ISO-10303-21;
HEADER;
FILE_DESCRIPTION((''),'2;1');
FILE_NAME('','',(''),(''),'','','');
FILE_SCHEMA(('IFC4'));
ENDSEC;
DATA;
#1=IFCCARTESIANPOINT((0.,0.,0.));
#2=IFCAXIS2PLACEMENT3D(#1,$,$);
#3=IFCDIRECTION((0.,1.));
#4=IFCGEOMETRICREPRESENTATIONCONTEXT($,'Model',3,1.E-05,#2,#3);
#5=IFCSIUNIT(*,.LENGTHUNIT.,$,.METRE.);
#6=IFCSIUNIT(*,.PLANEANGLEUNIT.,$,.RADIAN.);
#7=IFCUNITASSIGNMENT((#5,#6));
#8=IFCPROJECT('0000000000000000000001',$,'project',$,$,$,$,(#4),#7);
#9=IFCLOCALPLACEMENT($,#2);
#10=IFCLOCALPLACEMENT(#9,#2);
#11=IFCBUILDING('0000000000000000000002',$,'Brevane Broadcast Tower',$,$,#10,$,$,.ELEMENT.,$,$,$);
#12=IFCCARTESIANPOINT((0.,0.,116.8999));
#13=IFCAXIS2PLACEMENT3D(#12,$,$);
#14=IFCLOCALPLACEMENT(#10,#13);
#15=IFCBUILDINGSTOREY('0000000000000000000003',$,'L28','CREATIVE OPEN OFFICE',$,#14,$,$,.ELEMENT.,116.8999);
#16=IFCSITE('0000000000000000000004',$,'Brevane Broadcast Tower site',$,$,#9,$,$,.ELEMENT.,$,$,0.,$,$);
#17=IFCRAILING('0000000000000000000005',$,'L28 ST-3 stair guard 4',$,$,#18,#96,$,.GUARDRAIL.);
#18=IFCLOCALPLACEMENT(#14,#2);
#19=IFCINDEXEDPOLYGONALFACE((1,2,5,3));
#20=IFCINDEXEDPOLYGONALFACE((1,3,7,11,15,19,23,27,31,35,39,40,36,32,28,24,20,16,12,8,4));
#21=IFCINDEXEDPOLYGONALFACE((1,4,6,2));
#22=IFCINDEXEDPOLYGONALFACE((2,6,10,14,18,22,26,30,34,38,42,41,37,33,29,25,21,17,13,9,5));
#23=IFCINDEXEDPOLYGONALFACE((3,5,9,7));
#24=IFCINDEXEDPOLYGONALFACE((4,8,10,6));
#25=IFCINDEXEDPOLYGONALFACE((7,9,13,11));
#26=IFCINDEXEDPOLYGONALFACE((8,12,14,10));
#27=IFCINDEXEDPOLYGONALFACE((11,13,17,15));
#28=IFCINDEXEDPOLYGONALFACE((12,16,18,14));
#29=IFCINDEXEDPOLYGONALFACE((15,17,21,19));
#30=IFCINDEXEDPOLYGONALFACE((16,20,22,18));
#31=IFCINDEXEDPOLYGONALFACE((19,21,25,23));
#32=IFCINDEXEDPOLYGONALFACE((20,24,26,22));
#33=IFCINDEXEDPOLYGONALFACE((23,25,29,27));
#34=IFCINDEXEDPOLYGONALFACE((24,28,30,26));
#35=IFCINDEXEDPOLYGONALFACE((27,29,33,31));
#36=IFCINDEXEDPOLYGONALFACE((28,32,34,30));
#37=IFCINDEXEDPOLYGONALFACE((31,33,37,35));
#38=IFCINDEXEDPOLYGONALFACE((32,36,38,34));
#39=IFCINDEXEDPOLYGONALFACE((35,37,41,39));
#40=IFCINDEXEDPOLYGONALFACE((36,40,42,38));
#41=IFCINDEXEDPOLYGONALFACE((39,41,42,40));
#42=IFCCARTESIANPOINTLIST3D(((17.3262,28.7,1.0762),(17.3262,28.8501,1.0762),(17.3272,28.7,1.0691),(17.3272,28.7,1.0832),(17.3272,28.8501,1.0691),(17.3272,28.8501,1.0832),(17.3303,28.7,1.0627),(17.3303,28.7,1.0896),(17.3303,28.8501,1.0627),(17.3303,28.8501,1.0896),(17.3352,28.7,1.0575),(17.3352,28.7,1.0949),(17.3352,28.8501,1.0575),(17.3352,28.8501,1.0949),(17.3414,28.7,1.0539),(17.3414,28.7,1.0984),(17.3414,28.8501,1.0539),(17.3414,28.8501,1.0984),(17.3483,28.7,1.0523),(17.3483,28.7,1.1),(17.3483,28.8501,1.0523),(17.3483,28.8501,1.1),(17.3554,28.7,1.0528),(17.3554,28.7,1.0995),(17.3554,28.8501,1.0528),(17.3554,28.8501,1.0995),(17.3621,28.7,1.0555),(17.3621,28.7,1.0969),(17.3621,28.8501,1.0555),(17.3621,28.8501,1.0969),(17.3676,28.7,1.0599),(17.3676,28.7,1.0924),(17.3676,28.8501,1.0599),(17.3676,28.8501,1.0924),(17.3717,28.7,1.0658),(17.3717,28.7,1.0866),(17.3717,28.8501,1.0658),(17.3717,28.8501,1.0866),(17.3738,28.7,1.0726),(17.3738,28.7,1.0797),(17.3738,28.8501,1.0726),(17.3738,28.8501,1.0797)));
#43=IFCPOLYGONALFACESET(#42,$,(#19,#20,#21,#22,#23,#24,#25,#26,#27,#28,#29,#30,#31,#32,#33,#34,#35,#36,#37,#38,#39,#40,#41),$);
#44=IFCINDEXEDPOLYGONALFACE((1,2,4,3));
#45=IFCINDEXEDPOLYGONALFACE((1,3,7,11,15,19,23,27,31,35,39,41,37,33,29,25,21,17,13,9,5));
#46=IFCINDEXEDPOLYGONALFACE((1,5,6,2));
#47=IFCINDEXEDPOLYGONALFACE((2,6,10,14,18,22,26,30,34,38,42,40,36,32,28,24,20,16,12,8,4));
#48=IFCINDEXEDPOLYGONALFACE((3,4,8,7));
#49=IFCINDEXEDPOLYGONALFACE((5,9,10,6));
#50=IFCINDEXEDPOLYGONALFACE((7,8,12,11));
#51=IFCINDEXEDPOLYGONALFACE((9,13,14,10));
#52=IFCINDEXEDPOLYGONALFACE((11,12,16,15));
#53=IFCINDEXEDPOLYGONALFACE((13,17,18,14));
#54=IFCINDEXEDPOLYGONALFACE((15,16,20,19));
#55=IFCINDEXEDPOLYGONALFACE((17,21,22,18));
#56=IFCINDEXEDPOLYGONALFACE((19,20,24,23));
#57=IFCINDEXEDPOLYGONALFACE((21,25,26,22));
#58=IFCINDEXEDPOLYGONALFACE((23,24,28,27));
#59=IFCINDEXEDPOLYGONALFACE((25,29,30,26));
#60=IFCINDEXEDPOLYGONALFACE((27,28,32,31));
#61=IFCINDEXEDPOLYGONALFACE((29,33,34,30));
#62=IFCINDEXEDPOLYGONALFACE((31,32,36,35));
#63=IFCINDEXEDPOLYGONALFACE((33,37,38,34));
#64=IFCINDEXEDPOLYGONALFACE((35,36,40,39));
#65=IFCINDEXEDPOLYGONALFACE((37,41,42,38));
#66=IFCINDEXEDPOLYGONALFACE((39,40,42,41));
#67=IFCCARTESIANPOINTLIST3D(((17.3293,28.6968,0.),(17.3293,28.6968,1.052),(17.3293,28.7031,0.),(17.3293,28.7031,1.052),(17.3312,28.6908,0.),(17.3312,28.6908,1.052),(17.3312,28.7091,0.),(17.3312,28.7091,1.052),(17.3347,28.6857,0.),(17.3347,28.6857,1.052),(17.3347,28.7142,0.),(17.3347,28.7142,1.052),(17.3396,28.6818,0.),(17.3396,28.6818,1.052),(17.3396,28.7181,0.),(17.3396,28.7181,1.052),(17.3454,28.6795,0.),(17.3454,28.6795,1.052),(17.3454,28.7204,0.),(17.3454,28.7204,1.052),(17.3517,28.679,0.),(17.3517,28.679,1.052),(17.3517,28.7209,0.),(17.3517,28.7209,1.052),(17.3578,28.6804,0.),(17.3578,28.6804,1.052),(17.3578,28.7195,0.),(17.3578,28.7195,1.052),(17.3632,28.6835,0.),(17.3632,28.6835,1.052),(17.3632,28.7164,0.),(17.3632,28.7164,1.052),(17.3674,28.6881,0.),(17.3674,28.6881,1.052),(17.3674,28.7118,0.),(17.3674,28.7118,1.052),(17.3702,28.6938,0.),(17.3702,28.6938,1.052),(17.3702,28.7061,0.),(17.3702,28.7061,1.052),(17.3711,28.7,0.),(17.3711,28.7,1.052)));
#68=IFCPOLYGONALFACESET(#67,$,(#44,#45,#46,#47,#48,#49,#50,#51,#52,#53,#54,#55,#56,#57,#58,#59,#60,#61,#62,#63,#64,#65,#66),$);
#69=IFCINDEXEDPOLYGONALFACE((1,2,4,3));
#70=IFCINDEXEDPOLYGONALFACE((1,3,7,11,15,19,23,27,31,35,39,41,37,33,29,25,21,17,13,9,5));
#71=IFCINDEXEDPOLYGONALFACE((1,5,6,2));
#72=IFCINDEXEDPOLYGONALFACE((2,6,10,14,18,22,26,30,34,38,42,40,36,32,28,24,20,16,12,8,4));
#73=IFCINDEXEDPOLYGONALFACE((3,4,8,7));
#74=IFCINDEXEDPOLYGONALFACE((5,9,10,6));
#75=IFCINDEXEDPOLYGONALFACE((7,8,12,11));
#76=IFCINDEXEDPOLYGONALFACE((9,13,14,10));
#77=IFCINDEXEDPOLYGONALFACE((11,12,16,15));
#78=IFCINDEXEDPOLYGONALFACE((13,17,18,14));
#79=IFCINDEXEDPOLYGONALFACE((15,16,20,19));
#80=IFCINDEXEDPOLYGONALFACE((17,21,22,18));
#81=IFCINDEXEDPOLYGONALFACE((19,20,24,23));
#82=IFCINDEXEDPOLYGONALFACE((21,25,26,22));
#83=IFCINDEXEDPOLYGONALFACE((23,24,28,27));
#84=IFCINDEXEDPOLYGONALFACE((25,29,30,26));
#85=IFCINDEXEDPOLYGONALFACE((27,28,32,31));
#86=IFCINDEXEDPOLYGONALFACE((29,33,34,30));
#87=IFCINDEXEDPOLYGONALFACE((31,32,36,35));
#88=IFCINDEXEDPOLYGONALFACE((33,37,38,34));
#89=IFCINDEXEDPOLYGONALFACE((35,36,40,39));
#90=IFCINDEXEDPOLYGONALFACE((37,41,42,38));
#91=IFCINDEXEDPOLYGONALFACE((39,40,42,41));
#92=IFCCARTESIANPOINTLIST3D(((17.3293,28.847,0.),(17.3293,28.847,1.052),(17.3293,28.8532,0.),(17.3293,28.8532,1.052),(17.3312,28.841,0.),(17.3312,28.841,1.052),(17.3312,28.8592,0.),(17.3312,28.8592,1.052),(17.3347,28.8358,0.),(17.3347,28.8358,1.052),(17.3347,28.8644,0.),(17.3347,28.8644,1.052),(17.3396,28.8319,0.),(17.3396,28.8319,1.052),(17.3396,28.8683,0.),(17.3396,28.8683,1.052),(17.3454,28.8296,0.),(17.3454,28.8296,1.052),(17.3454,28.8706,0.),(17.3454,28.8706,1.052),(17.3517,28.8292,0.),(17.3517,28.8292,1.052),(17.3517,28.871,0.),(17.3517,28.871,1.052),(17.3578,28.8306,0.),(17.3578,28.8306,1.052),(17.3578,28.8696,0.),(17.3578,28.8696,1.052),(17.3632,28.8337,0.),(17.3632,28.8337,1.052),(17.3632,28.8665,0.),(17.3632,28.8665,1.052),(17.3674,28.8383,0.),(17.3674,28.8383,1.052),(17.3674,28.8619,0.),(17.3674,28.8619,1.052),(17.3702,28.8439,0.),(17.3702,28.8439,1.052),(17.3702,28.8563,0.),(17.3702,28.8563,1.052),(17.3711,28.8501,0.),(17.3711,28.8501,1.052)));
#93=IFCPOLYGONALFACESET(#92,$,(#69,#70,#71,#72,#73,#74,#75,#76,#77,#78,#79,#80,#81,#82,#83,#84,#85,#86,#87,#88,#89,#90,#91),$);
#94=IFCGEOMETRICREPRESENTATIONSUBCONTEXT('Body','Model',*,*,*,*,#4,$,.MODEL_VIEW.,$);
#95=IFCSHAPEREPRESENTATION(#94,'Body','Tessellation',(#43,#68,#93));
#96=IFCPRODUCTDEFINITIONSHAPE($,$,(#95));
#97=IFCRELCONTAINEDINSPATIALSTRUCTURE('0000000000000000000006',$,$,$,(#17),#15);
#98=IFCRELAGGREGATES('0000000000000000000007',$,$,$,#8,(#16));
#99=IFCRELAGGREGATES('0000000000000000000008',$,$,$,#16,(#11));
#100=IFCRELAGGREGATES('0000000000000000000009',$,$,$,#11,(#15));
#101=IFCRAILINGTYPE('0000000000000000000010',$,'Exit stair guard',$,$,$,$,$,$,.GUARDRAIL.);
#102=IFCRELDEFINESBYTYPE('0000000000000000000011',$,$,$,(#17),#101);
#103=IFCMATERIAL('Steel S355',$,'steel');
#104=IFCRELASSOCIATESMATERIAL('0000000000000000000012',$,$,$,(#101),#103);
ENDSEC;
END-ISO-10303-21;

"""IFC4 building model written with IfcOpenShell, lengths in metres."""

from ifc_helpers import new_model, si_unit, direction, frame, origin, origin_2d, place, context, subcontext, project, spatial, circle, extrude, material, type_object, element, save


model = new_model("IFC4")

# Units and contexts
model_context = context("Model", 3, precision=1e-05, world=origin(), true_north=direction((0.0, 1.0)))
body_context = subcontext(model_context, "Body", "Model", "MODEL_VIEW")
ifc_project = project(units=[si_unit("LENGTHUNIT", "METRE"), si_unit("PLANEANGLEUNIT", "RADIAN")], contexts=[model_context])

# Site, building, storey
site_placement = place(None, origin())
site = spatial("IfcSite", under=ifc_project, at=site_placement, Name="Brevane Broadcast Tower site", CompositionType="ELEMENT", RefElevation=0.0)
building_placement = place(site_placement, origin())
building = spatial("IfcBuilding", under=site, at=building_placement, Name="Brevane Broadcast Tower", CompositionType="ELEMENT")
storey_placement = place(building_placement, frame((0.0, 0.0, 116.8999)))
storey = spatial("IfcBuildingStorey", under=building, at=storey_placement, Name="L28", Description="CREATIVE OPEN OFFICE", CompositionType="ELEMENT", Elevation=116.8999)

# Railing
ifc_material_1 = material(Name="Steel S355", Category="steel")
railing_type_1 = type_object("IfcRailingType", Name="Exit stair guard", PredefinedType="GUARDRAIL", material=ifc_material_1)
railing_1_placement = place(storey_placement, frame((17.3501, 28.7, 0.0)))
element("IfcRailing", 1, at=railing_1_placement, inside=storey, type_object=railing_type_1, Name="L28 ST-3 stair guard 4", PredefinedType="GUARDRAIL", context=body_context, shape_type="SweptSolid", body=[
    extrude(circle(Radius=0.0239, at=origin_2d()), frame((0.0, 0.0, 1.0762), z_axis=(0.0, 1.0, 0.0), x_axis=(-1.0, 0.0, 0.0)), (0.0, 0.0, 1.0), 0.1501),
    extrude(circle(Radius=0.021, at=origin_2d()), origin(), (0.0, 0.0, 1.0), 1.052),
    extrude(circle(Radius=0.021, at=origin_2d()), frame((0.0, 0.1501, 0.0)), (0.0, 0.0, 1.0), 1.052),
])

save(model, "model.ifc")
